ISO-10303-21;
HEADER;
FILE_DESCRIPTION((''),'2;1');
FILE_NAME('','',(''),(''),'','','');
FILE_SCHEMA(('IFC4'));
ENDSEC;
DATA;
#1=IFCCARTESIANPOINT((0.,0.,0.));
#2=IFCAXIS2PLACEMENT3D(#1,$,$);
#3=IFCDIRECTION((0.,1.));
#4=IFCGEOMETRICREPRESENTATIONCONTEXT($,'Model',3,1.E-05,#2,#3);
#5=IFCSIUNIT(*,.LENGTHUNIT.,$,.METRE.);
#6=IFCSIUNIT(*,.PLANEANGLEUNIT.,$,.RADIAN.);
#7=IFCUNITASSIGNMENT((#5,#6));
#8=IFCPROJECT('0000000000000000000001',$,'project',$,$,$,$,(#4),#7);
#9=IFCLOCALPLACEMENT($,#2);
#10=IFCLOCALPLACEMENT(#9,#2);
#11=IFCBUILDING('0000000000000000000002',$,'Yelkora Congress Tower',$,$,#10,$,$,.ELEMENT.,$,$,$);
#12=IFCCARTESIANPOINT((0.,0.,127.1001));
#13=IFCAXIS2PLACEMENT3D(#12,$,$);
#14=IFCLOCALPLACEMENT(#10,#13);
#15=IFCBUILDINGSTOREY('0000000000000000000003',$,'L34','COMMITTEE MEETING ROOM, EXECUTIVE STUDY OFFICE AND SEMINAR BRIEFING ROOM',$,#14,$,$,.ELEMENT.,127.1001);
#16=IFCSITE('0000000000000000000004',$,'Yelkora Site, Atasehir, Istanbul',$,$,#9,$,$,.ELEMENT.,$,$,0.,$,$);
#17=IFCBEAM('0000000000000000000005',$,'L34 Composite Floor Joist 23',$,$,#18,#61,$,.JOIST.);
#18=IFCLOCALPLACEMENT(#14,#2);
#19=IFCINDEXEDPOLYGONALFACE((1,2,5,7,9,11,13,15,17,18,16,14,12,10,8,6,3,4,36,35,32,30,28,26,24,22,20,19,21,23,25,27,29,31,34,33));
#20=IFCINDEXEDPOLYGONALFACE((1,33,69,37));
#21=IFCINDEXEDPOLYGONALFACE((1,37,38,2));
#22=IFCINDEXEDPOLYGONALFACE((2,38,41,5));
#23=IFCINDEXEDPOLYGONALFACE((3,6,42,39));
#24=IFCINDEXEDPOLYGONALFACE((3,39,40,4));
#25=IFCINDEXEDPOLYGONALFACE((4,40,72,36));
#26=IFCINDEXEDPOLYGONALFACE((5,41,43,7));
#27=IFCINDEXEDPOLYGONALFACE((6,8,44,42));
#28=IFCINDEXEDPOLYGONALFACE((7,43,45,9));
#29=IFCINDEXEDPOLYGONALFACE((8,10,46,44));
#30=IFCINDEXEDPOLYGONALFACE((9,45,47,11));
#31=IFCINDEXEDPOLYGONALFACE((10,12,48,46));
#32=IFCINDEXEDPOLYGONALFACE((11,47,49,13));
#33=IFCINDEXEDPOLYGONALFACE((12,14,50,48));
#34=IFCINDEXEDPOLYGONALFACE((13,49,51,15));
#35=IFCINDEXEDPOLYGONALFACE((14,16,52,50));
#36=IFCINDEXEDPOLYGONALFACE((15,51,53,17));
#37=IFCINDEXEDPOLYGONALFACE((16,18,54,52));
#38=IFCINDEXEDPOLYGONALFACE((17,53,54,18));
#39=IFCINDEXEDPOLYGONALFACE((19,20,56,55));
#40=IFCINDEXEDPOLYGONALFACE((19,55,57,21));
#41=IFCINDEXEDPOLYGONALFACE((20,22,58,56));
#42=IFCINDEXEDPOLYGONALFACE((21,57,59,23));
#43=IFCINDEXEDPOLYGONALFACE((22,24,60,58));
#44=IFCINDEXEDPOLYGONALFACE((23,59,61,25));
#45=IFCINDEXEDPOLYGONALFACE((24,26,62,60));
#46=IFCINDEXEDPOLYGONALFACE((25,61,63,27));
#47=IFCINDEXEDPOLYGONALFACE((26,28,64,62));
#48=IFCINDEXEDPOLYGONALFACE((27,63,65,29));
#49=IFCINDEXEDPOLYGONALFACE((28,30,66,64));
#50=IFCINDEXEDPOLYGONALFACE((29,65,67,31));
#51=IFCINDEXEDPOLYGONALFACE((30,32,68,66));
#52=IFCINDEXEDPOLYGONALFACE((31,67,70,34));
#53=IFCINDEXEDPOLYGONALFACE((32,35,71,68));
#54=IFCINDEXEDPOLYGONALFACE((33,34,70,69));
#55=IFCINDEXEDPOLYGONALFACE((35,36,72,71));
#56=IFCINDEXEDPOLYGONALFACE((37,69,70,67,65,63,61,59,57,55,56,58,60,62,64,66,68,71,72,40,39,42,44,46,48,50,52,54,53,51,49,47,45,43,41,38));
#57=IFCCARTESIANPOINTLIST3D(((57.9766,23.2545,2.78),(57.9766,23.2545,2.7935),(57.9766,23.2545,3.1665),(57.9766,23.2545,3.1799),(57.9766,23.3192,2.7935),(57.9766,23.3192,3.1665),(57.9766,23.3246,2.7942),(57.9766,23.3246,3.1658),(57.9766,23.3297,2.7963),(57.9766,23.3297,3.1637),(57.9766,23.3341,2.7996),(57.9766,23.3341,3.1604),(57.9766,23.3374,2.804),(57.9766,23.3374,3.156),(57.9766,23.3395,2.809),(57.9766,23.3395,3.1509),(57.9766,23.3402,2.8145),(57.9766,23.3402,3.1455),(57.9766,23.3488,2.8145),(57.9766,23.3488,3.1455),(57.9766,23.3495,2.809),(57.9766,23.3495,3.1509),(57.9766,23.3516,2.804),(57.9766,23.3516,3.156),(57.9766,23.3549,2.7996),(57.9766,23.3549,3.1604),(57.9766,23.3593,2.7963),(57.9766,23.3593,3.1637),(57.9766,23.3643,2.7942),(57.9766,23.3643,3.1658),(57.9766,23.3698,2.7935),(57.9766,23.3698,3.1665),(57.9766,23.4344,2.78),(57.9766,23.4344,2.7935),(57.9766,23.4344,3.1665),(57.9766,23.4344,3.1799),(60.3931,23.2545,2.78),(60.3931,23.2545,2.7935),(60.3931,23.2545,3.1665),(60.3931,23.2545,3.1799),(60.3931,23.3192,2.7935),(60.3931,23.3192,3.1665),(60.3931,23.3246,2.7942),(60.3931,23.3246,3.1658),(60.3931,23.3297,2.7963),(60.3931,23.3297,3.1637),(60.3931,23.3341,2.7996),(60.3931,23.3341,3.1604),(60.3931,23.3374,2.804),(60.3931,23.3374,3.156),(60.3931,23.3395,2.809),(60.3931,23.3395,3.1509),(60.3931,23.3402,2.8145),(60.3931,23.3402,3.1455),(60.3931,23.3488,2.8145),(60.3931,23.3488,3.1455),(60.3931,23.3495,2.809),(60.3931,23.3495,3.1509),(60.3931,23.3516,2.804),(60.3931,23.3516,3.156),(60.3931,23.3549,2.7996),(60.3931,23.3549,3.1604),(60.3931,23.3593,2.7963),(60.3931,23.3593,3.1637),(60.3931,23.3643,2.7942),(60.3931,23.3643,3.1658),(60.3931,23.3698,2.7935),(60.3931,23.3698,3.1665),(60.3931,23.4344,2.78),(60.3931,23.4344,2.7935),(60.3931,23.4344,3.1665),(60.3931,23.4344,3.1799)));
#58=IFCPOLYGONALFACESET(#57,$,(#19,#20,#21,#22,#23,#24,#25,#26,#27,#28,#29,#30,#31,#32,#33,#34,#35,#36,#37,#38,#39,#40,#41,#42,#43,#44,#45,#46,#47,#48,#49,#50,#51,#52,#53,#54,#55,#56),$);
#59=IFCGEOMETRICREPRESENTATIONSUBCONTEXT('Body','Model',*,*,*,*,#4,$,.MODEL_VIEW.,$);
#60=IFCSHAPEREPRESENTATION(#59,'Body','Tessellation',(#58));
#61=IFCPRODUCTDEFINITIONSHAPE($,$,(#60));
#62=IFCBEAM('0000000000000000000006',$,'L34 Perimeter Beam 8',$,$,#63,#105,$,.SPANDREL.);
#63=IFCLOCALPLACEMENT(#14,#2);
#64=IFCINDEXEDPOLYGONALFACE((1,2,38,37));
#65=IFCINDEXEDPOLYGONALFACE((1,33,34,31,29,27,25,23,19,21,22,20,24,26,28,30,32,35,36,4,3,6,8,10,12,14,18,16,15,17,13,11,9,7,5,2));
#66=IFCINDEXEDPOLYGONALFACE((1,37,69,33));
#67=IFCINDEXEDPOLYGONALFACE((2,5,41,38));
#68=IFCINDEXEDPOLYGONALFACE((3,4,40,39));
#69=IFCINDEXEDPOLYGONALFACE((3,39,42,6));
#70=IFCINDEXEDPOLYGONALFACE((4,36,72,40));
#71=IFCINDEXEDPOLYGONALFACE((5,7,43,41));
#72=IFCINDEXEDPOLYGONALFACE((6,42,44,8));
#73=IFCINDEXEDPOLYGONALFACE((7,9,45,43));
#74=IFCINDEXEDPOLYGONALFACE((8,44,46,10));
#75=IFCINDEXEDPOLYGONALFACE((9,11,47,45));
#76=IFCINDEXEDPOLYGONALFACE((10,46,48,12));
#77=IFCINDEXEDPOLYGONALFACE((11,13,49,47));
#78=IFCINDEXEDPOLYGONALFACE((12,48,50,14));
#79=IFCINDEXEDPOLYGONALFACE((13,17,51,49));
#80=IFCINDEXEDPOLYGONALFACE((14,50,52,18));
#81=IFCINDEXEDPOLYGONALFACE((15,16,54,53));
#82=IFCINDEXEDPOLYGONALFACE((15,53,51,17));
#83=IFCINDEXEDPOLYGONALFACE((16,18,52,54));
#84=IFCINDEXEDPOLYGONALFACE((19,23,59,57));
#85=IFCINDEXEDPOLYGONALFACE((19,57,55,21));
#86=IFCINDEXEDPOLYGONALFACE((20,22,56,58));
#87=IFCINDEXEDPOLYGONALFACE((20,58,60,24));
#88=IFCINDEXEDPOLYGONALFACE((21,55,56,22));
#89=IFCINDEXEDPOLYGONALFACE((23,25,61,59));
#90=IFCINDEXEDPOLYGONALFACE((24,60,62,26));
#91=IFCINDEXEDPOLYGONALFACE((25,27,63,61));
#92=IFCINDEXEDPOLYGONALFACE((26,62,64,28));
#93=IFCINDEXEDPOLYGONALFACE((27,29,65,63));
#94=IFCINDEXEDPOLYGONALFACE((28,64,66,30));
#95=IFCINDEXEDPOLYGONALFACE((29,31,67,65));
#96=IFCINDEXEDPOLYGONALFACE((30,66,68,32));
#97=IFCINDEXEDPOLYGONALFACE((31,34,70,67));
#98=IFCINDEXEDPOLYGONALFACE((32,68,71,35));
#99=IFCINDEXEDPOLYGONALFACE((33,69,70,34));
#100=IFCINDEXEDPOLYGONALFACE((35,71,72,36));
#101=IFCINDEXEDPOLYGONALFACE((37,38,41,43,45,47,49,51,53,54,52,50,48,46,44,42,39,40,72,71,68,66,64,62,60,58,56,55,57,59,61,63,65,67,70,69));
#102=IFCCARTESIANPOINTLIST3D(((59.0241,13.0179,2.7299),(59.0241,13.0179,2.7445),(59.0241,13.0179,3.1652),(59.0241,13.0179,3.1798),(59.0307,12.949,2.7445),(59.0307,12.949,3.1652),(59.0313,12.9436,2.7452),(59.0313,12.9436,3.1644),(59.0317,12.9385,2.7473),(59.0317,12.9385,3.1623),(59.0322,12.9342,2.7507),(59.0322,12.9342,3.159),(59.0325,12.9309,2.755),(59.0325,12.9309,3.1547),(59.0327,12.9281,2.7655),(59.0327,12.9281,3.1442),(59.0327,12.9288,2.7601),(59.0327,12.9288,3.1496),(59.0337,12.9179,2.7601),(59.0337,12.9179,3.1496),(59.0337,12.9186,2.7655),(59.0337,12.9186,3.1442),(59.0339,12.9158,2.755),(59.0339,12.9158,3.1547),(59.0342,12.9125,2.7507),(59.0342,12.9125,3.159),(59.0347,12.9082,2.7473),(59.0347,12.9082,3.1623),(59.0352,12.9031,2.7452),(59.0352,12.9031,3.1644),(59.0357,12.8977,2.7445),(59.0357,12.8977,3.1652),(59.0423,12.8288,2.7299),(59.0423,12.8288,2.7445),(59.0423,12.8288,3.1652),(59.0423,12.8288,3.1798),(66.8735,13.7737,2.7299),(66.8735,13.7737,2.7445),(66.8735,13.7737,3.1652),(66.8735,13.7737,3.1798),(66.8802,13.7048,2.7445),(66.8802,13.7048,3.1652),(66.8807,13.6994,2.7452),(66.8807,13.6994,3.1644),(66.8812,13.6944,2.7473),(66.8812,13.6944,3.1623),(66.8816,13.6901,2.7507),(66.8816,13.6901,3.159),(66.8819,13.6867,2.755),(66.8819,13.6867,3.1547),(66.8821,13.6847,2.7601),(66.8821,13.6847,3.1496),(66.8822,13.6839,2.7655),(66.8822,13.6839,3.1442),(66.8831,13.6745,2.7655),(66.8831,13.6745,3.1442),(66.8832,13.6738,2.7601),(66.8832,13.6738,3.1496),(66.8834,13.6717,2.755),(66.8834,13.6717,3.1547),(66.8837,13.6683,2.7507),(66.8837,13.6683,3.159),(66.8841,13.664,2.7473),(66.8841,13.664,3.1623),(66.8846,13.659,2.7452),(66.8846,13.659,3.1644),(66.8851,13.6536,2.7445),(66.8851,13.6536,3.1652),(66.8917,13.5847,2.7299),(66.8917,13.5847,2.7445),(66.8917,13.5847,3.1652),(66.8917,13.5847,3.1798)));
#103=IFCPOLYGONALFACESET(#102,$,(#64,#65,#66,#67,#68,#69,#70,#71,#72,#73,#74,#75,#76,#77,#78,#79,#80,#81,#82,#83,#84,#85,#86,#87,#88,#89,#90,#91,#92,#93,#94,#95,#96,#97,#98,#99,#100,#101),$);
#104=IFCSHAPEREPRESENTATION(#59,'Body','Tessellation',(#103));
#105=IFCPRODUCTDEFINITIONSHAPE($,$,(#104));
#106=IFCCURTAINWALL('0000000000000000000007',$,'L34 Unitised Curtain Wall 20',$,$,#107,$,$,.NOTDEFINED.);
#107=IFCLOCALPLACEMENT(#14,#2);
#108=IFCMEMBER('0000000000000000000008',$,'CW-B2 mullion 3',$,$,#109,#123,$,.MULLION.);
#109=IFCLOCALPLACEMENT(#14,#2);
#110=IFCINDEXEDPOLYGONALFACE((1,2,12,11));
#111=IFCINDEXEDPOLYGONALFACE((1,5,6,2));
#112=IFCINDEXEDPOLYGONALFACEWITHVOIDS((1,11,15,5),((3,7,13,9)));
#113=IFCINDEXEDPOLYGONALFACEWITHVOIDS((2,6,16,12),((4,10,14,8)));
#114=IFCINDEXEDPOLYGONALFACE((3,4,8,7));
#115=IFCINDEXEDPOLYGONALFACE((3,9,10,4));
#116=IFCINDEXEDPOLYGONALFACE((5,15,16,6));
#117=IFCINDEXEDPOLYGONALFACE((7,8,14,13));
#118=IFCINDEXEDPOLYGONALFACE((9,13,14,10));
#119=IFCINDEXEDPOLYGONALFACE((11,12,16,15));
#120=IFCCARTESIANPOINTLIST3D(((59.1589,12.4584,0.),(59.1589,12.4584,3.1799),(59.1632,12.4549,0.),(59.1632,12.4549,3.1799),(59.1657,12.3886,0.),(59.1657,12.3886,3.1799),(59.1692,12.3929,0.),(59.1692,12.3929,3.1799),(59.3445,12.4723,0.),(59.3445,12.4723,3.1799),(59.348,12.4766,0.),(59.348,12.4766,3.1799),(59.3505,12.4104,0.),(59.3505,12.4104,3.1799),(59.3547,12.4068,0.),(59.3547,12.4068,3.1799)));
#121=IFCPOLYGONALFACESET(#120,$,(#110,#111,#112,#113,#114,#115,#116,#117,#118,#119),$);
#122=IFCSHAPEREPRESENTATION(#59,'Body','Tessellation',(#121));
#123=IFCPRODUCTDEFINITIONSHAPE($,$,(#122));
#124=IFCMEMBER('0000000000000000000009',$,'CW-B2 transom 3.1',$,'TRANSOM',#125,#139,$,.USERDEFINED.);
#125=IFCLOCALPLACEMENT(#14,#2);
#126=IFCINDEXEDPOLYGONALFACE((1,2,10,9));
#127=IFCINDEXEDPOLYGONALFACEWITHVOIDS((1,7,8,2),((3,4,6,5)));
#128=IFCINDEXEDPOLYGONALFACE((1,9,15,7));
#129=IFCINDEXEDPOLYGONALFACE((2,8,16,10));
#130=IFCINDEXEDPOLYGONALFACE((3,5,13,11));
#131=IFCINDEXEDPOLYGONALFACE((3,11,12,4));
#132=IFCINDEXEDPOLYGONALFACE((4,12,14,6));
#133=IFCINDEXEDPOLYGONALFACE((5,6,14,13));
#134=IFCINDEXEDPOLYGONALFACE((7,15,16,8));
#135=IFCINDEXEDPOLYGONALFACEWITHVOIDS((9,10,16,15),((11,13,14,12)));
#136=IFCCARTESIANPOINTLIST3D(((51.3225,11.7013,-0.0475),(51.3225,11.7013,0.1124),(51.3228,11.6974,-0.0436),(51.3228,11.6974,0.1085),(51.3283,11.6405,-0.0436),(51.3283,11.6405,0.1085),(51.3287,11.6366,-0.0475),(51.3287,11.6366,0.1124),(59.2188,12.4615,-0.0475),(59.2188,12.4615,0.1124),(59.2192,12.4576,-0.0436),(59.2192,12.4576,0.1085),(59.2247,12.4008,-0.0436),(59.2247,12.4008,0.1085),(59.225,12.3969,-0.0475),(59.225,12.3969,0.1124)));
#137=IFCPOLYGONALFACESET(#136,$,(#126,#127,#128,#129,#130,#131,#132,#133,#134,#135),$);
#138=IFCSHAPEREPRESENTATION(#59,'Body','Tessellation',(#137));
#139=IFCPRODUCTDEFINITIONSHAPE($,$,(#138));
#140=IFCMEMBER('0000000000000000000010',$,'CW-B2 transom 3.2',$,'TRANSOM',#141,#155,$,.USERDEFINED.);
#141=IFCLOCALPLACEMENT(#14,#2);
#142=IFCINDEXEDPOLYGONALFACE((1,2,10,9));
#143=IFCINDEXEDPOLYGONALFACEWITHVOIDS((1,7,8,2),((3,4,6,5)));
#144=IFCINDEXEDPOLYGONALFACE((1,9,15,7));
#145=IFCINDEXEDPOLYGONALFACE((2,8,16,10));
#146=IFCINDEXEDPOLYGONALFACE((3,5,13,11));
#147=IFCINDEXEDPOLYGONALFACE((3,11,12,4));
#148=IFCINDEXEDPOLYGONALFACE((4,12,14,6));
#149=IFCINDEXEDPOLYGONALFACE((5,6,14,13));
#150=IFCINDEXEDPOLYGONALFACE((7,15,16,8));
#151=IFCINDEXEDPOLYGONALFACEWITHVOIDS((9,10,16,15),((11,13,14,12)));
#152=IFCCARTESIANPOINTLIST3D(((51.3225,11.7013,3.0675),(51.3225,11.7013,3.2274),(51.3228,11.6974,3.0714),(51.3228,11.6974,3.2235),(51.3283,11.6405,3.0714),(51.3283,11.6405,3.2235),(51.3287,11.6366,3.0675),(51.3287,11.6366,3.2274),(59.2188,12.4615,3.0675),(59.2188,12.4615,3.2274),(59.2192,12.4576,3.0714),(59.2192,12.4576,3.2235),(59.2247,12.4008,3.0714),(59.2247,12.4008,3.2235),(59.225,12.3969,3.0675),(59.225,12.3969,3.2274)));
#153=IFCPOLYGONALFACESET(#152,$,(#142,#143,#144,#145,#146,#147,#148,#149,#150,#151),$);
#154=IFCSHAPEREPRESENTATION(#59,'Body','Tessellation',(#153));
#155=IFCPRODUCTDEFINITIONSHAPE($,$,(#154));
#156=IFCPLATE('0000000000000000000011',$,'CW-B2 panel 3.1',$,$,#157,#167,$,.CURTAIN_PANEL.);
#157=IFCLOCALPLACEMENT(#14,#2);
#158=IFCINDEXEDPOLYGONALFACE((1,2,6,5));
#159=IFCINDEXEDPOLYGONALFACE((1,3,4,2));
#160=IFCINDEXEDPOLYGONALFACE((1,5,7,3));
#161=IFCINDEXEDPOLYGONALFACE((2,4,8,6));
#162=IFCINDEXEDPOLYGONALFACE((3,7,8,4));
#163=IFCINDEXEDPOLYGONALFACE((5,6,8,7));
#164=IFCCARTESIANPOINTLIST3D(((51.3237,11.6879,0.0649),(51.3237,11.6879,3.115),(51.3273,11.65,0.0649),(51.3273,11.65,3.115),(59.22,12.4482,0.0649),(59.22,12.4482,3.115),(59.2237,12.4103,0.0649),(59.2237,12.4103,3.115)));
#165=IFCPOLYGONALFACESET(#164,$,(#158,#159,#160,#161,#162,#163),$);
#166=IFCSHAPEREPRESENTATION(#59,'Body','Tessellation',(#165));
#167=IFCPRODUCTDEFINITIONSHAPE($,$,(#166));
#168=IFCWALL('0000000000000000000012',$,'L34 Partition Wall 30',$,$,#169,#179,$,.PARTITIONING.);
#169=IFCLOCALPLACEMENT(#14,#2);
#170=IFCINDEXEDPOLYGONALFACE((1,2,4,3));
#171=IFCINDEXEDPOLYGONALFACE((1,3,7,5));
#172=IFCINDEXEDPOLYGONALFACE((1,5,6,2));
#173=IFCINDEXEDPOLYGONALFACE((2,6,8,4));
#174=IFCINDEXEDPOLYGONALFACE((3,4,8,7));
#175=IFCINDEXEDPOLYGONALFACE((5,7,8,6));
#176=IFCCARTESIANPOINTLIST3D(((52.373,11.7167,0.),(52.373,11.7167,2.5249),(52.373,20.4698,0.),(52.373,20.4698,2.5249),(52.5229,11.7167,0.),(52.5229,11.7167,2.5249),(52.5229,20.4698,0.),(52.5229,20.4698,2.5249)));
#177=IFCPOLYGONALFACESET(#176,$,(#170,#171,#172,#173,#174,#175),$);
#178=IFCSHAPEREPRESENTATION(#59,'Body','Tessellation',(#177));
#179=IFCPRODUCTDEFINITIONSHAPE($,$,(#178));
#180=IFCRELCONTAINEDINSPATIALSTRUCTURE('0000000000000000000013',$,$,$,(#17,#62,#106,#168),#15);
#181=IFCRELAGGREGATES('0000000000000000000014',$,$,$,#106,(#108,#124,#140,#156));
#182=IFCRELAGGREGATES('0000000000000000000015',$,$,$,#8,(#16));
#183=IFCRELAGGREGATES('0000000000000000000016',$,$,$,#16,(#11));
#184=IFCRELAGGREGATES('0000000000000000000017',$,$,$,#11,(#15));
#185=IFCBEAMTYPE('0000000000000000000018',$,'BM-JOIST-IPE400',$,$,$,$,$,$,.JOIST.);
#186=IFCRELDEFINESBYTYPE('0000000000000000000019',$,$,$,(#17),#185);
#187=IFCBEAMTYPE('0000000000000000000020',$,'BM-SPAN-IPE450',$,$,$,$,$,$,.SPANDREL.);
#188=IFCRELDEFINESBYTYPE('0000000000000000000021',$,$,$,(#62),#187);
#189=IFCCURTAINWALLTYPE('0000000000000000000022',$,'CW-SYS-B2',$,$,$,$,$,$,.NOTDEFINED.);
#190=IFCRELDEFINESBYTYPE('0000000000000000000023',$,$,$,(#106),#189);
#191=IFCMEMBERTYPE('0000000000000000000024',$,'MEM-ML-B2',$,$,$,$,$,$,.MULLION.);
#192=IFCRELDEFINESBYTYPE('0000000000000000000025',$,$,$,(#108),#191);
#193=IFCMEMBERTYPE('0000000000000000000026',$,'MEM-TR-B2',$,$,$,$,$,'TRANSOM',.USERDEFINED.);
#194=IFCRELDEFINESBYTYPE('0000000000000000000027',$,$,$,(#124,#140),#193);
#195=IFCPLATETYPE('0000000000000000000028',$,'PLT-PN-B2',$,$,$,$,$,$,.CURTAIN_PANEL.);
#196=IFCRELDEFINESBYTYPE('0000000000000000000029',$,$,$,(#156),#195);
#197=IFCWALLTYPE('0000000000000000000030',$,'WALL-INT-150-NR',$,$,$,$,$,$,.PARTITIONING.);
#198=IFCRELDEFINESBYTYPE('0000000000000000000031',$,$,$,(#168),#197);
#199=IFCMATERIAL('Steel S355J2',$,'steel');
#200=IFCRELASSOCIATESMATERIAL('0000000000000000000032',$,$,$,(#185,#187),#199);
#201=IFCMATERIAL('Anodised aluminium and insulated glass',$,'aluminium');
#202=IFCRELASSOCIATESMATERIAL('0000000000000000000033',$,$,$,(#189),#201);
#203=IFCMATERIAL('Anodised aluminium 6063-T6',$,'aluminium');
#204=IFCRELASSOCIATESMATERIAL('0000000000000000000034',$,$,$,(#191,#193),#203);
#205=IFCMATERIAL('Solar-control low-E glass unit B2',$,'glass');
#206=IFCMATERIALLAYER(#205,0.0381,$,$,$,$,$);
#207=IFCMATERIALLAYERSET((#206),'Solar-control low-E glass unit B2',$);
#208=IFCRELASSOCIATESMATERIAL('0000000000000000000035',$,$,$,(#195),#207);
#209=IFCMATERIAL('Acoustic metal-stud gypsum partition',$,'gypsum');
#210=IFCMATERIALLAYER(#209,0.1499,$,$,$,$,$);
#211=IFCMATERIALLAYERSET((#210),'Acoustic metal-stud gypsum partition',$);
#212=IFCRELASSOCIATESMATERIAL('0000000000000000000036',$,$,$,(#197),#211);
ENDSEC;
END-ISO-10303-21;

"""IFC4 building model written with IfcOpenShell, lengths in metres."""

from ifc_helpers import new_model, si_unit, direction, frame, frame_2d, origin, origin_2d, place, context, subcontext, project, spatial, rectangle, hollow_rectangle, i_section, extrude, material, layer, layer_set, material_profile, profile_set, type_object, element, aggregate, save


model = new_model("IFC4")

# Units and contexts
model_context = context("Model", 3, precision=1e-05, world=origin(), true_north=direction((0.0, 1.0)))
body_context = subcontext(model_context, "Body", "Model", "MODEL_VIEW")
ifc_project = project(units=[si_unit("LENGTHUNIT", "METRE"), si_unit("PLANEANGLEUNIT", "RADIAN")], contexts=[model_context])

# Site, building, storey
site_placement = place(None, origin())
site = spatial("IfcSite", under=ifc_project, at=site_placement, Name="Yelkora Site, Atasehir, Istanbul", CompositionType="ELEMENT", RefElevation=0.0)
building_placement = place(site_placement, origin())
building = spatial("IfcBuilding", under=site, at=building_placement, Name="Yelkora Congress Tower", CompositionType="ELEMENT")
storey_placement = place(building_placement, frame((0.0, 0.0, 127.1001)))
storey = spatial("IfcBuildingStorey", under=building, at=storey_placement, Name="L34", Description="COMMITTEE MEETING ROOM, EXECUTIVE STUDY OFFICE AND SEMINAR BRIEFING ROOM", CompositionType="ELEMENT", Elevation=127.1001)

# Beams
ifc_material_1 = material(Name="Steel S355J2", Category="steel")
ifc_material_profile_1 = material_profile(ifc_material_1, i_section(OverallWidth=0.1799, OverallDepth=0.3999, WebThickness=0.0085, FlangeThickness=0.0134, FilletRadius=0.021, at=origin_2d()), Name="IPE 400")
ifc_profile_set_1 = profile_set([ifc_material_profile_1], Name="Steel S355J2")
beam_type_1 = type_object("IfcBeamType", Name="BM-JOIST-IPE400", PredefinedType="JOIST", material=ifc_profile_set_1)
beam_1_placement = place(storey_placement, frame((57.9766, 23.3445, 2.98), z_axis=(1.0, 0.0, 0.0), x_axis=(0.0, 1.0, 0.0)))
element("IfcBeam", 1, at=beam_1_placement, inside=storey, type_object=beam_type_1, Name="L34 Composite Floor Joist 23", PredefinedType="JOIST", context=body_context, shape_type="SweptSolid", body=[
    extrude(i_section(OverallWidth=0.1799, OverallDepth=0.3999, WebThickness=0.0085, FlangeThickness=0.0134, FilletRadius=0.021, at=origin_2d()), origin(), (0.0, 0.0, 1.0), 2.4165),
])
ifc_material_profile_2 = material_profile(ifc_material_1, i_section(OverallWidth=0.1899, OverallDepth=0.45, WebThickness=0.0095, FlangeThickness=0.0146, FilletRadius=0.021, at=origin_2d()), Name="IPE 450")
ifc_profile_set_2 = profile_set([ifc_material_profile_2], Name="Steel S355J2")
beam_type_2 = type_object("IfcBeamType", Name="BM-SPAN-IPE450", PredefinedType="SPANDREL", material=ifc_profile_set_2)
beam_2_placement = place(storey_placement, frame((59.0332, 12.9233, 2.9548), z_axis=(0.995396, 0.095852, 0.0), x_axis=(-0.095852, 0.995396, 0.0)))
element("IfcBeam", 2, at=beam_2_placement, inside=storey, type_object=beam_type_2, Name="L34 Perimeter Beam 8", PredefinedType="SPANDREL", context=body_context, shape_type="SweptSolid", body=[
    extrude(i_section(OverallWidth=0.1899, OverallDepth=0.45, WebThickness=0.0095, FlangeThickness=0.0146, FilletRadius=0.021, at=origin_2d()), origin(), (0.0, 0.0, 1.0), 7.8857),
])

# Curtain wall, members, plate
ifc_material_2 = material(Name="Anodised aluminium and insulated glass", Category="aluminium")
curtain_wall_type = type_object("IfcCurtainWallType", Name="CW-SYS-B2", PredefinedType="NOTDEFINED", material=ifc_material_2)
curtain_wall_placement = place(storey_placement, origin())
curtain_wall = element("IfcCurtainWall", 3, at=curtain_wall_placement, inside=storey, type_object=curtain_wall_type, Name="L34 Unitised Curtain Wall 20", PredefinedType="NOTDEFINED")
ifc_material_3 = material(Name="Anodised aluminium 6063-T6", Category="aluminium")
ifc_material_profile_3 = material_profile(ifc_material_3, hollow_rectangle(XDim=0.0701, YDim=0.1899, WallThickness=0.0039, at=origin_2d()), Name="ALU 70x190x4")
ifc_profile_set_3 = profile_set([ifc_material_profile_3], Name="Anodised aluminium 6063-T6")
member_type_1 = type_object("IfcMemberType", Name="MEM-ML-B2", PredefinedType="MULLION", material=ifc_profile_set_3)
member_1_placement = place(storey_placement, frame((59.2568, 12.4326, 0.0), z_axis=(0.0, 0.0, 1.0), x_axis=(0.095844, -0.995396, 0.0)))
member_1 = element("IfcMember", 4, at=member_1_placement, type_object=member_type_1, Name="CW-B2 mullion 3", PredefinedType="MULLION", context=body_context, shape_type="SweptSolid", body=[
    extrude(hollow_rectangle(XDim=0.0701, YDim=0.1899, WallThickness=0.0039, at=origin_2d()), origin(), (0.0, 0.0, 1.0), 3.1799),
])
ifc_material_profile_4 = material_profile(ifc_material_3, hollow_rectangle(XDim=0.0649, YDim=0.1599, WallThickness=0.0039, at=origin_2d()), Name="ALU 65x160x4")
ifc_profile_set_4 = profile_set([ifc_material_profile_4], Name="Anodised aluminium 6063-T6")
member_type_2 = type_object("IfcMemberType", Name="MEM-TR-B2", ElementType="TRANSOM", PredefinedType="USERDEFINED", material=ifc_profile_set_4)
member_2_placement = place(storey_placement, frame((59.2219, 12.4292, 0.0325), z_axis=(-0.995397, -0.095837, 0.0), x_axis=(0.095837, -0.995397, 0.0)))
member_2 = element("IfcMember", 5, at=member_2_placement, type_object=member_type_2, Name="CW-B2 transom 3.1", ObjectType="TRANSOM", PredefinedType="USERDEFINED", context=body_context, shape_type="SweptSolid", body=[
    extrude(hollow_rectangle(XDim=0.0649, YDim=0.1599, WallThickness=0.0039, at=origin_2d()), origin(), (0.0, 0.0, 1.0), 7.9329),
])
member_3_placement = place(storey_placement, frame((59.2219, 12.4292, 3.1475), z_axis=(-0.995397, -0.095837, 0.0), x_axis=(0.095837, -0.995397, 0.0)))
member_3 = element("IfcMember", 6, at=member_3_placement, type_object=member_type_2, Name="CW-B2 transom 3.2", ObjectType="TRANSOM", PredefinedType="USERDEFINED", context=body_context, shape_type="SweptSolid", body=[
    extrude(hollow_rectangle(XDim=0.0649, YDim=0.1599, WallThickness=0.0039, at=origin_2d()), origin(), (0.0, 0.0, 1.0), 7.9329),
])
ifc_material_4 = material(Name="Solar-control low-E glass unit B2", Category="glass")
ifc_layer_1 = layer(ifc_material_4, 0.0381)
ifc_layer_set_1 = layer_set([ifc_layer_1], Name="Solar-control low-E glass unit B2")
plate_type = type_object("IfcPlateType", Name="PLT-PN-B2", PredefinedType="CURTAIN_PANEL", material=ifc_layer_set_1)
plate_placement = place(storey_placement, frame((55.2737, 12.0491, 0.0649), z_axis=(0.0, 0.0, 1.0), x_axis=(-0.995396, -0.095844, 0.0)))
plate = element("IfcPlate", 7, at=plate_placement, type_object=plate_type, Name="CW-B2 panel 3.1", PredefinedType="CURTAIN_PANEL", context=body_context, shape_type="SweptSolid", body=[
    extrude(rectangle(XDim=7.9329, YDim=0.0381, at=origin_2d()), origin(), (0.0, 0.0, 1.0), 3.05),
])
aggregate(curtain_wall, [member_1, member_2, member_3, plate])

# Wall
ifc_material_5 = material(Name="Acoustic metal-stud gypsum partition", Category="gypsum")
ifc_layer_2 = layer(ifc_material_5, 0.1499)
ifc_layer_set_2 = layer_set([ifc_layer_2], Name="Acoustic metal-stud gypsum partition")
wall_type = type_object("IfcWallType", Name="WALL-INT-150-NR", PredefinedType="PARTITIONING", material=ifc_layer_set_2)
wall_1_placement = place(storey_placement, frame((52.448, 11.7168, 0.0), z_axis=(0.0, 0.0, 1.0), x_axis=(0.0, 1.0, 0.0)))
element("IfcWall", 8, at=wall_1_placement, inside=storey, type_object=wall_type, Name="L34 Partition Wall 30", PredefinedType="PARTITIONING", context=body_context, shape_type="SweptSolid", body=[
    extrude(rectangle(XDim=8.7532, YDim=0.1499, at=frame_2d((4.3765, 0.0))), origin(), (0.0, 0.0, 1.0), 2.5249),
])

save(model, "model.ifc")
